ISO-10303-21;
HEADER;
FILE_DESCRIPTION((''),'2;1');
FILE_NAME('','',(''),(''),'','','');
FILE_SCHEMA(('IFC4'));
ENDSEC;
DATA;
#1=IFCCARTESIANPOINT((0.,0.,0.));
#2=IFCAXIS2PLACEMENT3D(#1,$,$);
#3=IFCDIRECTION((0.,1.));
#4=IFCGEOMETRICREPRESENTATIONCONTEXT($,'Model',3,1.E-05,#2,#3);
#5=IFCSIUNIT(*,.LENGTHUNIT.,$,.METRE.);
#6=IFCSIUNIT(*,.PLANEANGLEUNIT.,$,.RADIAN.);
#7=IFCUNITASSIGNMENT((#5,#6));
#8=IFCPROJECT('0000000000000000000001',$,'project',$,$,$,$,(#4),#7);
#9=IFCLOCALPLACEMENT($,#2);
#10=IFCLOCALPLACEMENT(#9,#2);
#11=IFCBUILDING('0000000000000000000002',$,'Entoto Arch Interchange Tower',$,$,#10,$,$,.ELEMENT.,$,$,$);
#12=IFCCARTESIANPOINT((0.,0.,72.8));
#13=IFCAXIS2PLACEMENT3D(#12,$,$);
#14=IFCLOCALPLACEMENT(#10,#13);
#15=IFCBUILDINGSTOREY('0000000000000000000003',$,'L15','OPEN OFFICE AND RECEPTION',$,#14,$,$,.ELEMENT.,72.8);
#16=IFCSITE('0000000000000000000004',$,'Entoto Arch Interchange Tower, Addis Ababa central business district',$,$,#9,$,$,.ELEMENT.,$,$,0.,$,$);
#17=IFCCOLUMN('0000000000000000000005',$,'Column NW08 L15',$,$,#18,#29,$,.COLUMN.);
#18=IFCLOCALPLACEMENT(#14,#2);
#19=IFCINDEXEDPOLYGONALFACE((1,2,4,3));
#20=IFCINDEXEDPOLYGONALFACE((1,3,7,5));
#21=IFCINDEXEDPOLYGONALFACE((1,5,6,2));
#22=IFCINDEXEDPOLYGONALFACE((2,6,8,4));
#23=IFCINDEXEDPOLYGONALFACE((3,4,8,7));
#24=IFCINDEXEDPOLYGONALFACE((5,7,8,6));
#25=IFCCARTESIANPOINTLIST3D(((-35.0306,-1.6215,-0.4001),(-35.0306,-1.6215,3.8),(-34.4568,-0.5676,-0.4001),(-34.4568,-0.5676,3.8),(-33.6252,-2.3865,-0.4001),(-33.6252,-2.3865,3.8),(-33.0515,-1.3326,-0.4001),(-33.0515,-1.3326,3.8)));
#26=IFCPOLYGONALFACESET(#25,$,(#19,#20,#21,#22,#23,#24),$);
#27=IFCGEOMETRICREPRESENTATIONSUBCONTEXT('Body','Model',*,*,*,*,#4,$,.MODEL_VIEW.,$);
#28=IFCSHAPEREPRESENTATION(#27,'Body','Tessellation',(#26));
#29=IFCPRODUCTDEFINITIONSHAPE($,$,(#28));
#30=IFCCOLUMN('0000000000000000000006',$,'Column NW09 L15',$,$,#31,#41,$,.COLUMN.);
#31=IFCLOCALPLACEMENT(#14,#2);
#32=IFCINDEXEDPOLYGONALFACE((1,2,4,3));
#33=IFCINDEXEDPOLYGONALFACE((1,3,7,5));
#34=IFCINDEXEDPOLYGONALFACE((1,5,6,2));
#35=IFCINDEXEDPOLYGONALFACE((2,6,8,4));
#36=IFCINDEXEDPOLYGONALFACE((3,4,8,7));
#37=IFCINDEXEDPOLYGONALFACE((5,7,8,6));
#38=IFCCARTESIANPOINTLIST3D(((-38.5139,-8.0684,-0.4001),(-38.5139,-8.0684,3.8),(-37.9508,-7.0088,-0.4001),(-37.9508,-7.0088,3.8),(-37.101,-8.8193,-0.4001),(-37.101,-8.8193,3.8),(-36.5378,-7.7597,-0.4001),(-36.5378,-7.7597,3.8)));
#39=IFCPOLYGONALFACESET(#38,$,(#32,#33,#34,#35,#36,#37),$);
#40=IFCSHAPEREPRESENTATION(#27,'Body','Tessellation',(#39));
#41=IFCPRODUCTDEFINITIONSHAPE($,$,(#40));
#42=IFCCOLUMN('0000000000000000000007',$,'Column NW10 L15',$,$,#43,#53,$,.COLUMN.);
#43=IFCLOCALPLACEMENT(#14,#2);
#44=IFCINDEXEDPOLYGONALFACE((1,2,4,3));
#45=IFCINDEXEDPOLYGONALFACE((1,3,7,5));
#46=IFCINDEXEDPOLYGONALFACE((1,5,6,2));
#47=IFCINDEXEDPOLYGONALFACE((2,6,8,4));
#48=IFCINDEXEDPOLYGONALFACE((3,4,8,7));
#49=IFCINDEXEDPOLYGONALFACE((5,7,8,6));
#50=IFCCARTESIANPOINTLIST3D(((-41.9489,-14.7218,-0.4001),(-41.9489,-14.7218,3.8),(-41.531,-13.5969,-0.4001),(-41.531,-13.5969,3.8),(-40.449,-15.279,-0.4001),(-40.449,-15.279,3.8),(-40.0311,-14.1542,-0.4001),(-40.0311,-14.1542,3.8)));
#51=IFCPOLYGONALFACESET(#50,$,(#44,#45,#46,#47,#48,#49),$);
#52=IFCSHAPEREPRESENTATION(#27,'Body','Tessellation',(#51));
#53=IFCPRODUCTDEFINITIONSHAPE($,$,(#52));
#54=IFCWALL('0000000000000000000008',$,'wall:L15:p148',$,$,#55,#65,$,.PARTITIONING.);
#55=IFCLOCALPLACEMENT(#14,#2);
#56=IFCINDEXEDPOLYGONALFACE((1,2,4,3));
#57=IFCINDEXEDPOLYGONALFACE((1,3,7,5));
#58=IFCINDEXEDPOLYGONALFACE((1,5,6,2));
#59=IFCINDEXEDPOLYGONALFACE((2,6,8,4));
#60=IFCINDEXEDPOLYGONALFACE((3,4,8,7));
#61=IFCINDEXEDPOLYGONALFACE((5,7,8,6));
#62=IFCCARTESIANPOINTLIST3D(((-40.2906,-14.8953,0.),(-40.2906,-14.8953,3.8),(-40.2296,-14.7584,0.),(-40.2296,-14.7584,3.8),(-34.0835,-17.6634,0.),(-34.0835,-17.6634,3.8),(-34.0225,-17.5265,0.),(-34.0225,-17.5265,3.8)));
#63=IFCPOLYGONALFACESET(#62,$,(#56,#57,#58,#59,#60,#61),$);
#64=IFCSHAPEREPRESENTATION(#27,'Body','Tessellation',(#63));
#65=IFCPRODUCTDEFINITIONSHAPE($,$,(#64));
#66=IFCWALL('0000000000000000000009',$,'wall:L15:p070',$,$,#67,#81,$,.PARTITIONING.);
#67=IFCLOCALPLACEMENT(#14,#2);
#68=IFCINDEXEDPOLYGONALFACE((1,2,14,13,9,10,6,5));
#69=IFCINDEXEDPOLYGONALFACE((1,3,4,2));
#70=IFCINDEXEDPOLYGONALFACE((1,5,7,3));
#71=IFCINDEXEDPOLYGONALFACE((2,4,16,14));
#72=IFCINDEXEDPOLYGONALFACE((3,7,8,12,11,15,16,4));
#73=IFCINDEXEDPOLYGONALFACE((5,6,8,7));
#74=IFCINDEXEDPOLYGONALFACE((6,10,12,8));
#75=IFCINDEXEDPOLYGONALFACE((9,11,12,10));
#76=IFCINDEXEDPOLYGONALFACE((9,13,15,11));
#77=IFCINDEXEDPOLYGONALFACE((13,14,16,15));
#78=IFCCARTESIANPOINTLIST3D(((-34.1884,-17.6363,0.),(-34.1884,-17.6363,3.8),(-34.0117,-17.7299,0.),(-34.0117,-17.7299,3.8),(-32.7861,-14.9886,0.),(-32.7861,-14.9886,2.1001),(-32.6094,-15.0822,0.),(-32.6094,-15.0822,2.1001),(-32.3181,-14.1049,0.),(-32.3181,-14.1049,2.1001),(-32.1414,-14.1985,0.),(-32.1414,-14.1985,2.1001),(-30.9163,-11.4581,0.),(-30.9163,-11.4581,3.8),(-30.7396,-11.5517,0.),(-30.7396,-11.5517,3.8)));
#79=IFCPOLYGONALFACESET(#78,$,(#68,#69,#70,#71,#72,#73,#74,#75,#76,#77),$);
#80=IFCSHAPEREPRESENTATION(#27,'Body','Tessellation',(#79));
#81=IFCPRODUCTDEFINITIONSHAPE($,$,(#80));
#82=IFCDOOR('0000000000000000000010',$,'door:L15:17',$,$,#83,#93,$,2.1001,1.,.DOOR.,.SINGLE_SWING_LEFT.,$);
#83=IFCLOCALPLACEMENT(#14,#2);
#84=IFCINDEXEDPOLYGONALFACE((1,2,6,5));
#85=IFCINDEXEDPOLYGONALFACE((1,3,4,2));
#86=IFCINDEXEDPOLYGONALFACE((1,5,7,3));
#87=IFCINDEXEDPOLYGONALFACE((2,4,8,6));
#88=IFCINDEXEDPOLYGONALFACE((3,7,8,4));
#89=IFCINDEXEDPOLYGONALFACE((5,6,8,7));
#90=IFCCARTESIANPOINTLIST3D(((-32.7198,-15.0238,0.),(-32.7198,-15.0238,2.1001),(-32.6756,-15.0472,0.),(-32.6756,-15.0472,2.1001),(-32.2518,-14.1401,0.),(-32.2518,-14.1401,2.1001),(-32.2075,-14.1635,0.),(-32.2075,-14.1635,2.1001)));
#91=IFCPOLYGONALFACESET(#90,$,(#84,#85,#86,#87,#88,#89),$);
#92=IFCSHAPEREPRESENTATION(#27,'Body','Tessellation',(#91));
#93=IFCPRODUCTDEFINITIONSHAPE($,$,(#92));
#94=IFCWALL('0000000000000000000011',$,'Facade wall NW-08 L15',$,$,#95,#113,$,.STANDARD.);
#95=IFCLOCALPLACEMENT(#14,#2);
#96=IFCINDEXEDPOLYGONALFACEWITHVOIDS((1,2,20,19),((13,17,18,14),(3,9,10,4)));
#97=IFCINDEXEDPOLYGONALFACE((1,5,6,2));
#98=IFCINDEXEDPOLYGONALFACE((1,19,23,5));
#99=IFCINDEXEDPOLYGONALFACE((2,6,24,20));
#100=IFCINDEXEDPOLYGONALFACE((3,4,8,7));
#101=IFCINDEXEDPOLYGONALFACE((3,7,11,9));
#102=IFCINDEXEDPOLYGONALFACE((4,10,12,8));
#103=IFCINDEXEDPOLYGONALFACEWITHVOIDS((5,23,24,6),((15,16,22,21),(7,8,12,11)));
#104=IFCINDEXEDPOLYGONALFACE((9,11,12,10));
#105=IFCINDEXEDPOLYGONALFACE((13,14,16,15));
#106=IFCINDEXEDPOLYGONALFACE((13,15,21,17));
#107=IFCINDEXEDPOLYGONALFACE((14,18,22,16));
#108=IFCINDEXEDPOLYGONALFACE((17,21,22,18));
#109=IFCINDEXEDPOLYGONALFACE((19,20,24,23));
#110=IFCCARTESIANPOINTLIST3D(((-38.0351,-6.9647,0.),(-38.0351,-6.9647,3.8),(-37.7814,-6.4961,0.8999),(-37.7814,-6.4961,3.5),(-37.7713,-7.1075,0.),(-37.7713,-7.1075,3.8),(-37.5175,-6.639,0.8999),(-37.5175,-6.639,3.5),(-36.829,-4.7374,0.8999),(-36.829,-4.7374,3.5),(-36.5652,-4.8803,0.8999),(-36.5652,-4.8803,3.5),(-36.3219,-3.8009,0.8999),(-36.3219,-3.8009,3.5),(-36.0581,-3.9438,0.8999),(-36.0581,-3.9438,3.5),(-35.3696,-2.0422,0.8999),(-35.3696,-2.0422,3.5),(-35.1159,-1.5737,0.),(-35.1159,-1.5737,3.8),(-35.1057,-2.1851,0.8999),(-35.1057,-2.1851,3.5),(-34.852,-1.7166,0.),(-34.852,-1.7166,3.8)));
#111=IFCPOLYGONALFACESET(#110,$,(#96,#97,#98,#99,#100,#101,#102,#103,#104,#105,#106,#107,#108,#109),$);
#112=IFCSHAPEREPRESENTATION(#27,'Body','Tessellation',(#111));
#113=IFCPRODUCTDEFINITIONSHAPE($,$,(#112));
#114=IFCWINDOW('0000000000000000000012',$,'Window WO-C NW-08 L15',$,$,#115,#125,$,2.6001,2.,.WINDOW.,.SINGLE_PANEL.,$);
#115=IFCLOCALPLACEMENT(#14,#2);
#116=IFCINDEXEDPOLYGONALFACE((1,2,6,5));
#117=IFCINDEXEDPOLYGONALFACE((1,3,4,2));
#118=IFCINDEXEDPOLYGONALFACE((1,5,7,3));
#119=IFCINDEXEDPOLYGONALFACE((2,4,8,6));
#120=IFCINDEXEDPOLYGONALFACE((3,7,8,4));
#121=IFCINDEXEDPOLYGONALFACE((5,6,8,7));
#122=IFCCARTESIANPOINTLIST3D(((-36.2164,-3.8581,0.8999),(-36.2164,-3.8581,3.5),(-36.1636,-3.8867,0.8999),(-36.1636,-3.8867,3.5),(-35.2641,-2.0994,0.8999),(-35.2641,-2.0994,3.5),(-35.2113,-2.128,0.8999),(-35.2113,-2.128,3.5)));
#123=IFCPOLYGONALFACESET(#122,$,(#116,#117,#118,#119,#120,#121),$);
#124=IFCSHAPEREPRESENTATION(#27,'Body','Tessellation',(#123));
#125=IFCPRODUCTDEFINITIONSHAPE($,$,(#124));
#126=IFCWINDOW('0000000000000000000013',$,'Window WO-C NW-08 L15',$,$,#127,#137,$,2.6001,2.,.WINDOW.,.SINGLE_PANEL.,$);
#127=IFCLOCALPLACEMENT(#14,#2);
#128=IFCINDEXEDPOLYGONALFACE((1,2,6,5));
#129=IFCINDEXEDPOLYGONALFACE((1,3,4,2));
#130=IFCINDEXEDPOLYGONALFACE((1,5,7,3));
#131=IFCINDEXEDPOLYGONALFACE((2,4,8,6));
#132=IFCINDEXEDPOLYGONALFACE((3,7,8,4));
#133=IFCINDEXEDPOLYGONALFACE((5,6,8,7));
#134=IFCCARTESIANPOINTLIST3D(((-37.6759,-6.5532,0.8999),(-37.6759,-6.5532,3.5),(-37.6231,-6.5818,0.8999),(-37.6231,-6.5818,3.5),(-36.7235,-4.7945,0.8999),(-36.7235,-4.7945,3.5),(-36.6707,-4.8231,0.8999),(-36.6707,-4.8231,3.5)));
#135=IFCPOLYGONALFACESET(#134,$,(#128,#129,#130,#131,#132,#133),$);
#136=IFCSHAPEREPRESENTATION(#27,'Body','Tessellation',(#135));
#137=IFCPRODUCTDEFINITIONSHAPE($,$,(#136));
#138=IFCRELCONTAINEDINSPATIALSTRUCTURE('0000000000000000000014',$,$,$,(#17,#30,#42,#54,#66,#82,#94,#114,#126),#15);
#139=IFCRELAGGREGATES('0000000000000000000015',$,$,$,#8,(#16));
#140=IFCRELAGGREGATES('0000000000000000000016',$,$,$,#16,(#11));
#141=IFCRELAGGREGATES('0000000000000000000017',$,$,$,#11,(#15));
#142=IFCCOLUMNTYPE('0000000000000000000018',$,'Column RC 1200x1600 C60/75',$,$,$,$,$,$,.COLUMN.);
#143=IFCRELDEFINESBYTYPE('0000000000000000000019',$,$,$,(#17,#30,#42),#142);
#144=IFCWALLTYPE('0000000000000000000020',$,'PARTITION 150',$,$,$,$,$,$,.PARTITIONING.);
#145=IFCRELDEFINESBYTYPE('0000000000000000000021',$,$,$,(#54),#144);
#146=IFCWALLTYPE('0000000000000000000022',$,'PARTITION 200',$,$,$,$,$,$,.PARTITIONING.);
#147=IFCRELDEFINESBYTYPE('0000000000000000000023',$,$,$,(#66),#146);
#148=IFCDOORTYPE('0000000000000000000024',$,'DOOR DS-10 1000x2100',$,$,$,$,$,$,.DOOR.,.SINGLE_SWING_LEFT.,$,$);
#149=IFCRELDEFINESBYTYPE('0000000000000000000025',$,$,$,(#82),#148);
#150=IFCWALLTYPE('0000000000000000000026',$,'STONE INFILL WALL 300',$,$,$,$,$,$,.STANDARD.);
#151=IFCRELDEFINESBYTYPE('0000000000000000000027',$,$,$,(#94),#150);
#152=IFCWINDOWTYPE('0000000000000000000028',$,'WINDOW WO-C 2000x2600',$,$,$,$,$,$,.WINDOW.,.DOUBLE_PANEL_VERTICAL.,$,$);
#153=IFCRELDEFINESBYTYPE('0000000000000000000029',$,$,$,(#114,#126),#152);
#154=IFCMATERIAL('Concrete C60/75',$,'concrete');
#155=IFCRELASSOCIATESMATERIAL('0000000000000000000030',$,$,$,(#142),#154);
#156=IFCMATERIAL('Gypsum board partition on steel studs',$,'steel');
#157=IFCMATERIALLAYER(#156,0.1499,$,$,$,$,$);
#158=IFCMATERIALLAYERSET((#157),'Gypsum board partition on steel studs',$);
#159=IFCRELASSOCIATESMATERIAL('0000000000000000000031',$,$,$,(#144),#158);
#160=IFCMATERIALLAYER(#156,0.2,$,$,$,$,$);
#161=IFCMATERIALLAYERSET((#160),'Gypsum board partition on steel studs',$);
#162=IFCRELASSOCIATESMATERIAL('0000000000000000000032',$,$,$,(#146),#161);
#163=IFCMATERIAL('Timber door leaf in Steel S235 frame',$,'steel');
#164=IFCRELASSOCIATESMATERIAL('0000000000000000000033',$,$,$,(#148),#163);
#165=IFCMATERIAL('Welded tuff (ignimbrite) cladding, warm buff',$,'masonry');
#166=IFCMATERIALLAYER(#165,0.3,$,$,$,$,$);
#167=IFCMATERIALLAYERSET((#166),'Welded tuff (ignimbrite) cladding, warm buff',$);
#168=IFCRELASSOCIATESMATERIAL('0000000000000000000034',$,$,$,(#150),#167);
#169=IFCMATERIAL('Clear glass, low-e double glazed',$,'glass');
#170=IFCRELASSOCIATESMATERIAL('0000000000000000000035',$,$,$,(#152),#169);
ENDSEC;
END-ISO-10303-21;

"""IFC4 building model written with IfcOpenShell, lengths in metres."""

from ifc_helpers import new_model, si_unit, direction, frame, frame_2d, origin, origin_2d, place, context, subcontext, project, spatial, rectangle, extrude, material, layer, layer_set, material_profile, profile_set, type_object, element, fill, save


model = new_model("IFC4")

# Units and contexts
model_context = context("Model", 3, precision=1e-05, world=origin(), true_north=direction((0.0, 1.0)))
body_context = subcontext(model_context, "Body", "Model", "MODEL_VIEW")
ifc_project = project(units=[si_unit("LENGTHUNIT", "METRE"), si_unit("PLANEANGLEUNIT", "RADIAN")], contexts=[model_context])

# Site, building, storey
site_placement = place(None, origin())
site = spatial("IfcSite", under=ifc_project, at=site_placement, Name="Entoto Arch Interchange Tower, Addis Ababa central business district", CompositionType="ELEMENT", RefElevation=0.0)
building_placement = place(site_placement, origin())
building = spatial("IfcBuilding", under=site, at=building_placement, Name="Entoto Arch Interchange Tower", CompositionType="ELEMENT")
storey_placement = place(building_placement, frame((0.0, 0.0, 72.8)))
storey = spatial("IfcBuildingStorey", under=building, at=storey_placement, Name="L15", Description="OPEN OFFICE AND RECEPTION", CompositionType="ELEMENT", Elevation=72.8)

# Columns
ifc_material_1 = material(Name="Concrete C60/75", Category="concrete")
ifc_material_profile = material_profile(ifc_material_1, rectangle(XDim=1.2, YDim=1.6001, at=origin_2d()))
ifc_profile_set = profile_set([ifc_material_profile], Name="Concrete C60/75")
column_type = type_object("IfcColumnType", Name="Column RC 1200x1600 C60/75", PredefinedType="COLUMN", material=ifc_profile_set)
for number, where, z_axis, x_axis, name in (
    (1, (-34.041, -1.4771, -0.4001), (0.0, 0.0, 1.0), (0.47814, 0.878284, 0.0), "Column NW08 L15"),
    (2, (-37.5259, -7.9141, -0.4001), (0.0, 0.0, 1.0), (0.469317, 0.88303, 0.0), "Column NW09 L15"),
    (3, (-40.99, -14.438, -0.4001), (0.0, 0.0, 1.0), (0.348278, 0.937391, 0.0), "Column NW10 L15"),
):
    element("IfcColumn", number, at=place(storey_placement, frame(where, z_axis=z_axis, x_axis=x_axis)), inside=storey, type_object=column_type, Name=name, PredefinedType="COLUMN", context=body_context, shape_type="SweptSolid", body=[
        extrude(rectangle(XDim=1.2, YDim=1.6001, at=origin_2d()), origin(), (0.0, 0.0, 1.0), 4.2002),
    ])

# Wall
ifc_material_2 = material(Name="Gypsum board partition on steel studs", Category="steel")
ifc_layer_1 = layer(ifc_material_2, 0.1499)
ifc_layer_set_1 = layer_set([ifc_layer_1], Name="Gypsum board partition on steel studs")
wall_type_1 = type_object("IfcWallType", Name="PARTITION 150", PredefinedType="PARTITIONING", material=ifc_layer_set_1)
wall_1_placement = place(storey_placement, frame((-34.053, -17.595, 0.0), z_axis=(0.0, 0.0, 1.0), x_axis=(-0.913298, 0.407291, 0.0)))
element("IfcWall", 4, at=wall_1_placement, inside=storey, type_object=wall_type_1, Name="wall:L15:p148", PredefinedType="PARTITIONING", context=body_context, shape_type="SweptSolid", body=[
    extrude(rectangle(XDim=6.7964, YDim=0.1499, at=frame_2d((3.3982, 0.0))), origin(), (0.0, 0.0, 1.0), 3.8),
])

# Wall, opening, door
ifc_layer_2 = layer(ifc_material_2, 0.2)
ifc_layer_set_2 = layer_set([ifc_layer_2], Name="Gypsum board partition on steel studs")
wall_type_2 = type_object("IfcWallType", Name="PARTITION 200", PredefinedType="PARTITIONING", material=ifc_layer_set_2)
wall_2_placement = place(storey_placement, frame((-34.1001, -17.6831, 0.0), z_axis=(0.0, 0.0, 1.0), x_axis=(0.468043, 0.883706, 0.0)))
wall_2 = element("IfcWall", 5, at=wall_2_placement, inside=storey, type_object=wall_type_2, Name="wall:L15:p070", PredefinedType="PARTITIONING", context=body_context, shape_type="SweptSolid", body=[
    extrude(rectangle(XDim=6.9912, YDim=0.2, at=frame_2d((3.4956, 0.0))), origin(), (0.0, 0.0, 1.0), 3.8),
])
opening_1_placement = place(wall_2_placement, frame((2.9961, 0.0, 0.0)))
opening_1 = element("IfcOpeningElement", 6, at=opening_1_placement, cuts=wall_2, PredefinedType="OPENING", context=body_context, shape_type="SweptSolid", body=[
    extrude(rectangle(XDim=1.0, YDim=2.1001, at=frame_2d((0.5, 1.05))), frame((0.0, 0.1099, 0.0), z_axis=(0.0, -1.0, 0.0), x_axis=(1.0, 0.0, 0.0)), (0.0, 0.0, 1.0), 0.22),
])
ifc_material_3 = material(Name="Timber door leaf in Steel S235 frame", Category="steel")
door_type = type_object("IfcDoorType", Name="DOOR DS-10 1000x2100", OperationType="SINGLE_SWING_LEFT", PredefinedType="DOOR", material=ifc_material_3)
door_placement = place(opening_1_placement, origin())
door = element("IfcDoor", 7, at=door_placement, inside=storey, type_object=door_type, Name="door:L15:17", OperationType="SINGLE_SWING_LEFT", OverallHeight=2.1001, OverallWidth=1.0, PredefinedType="DOOR", context=body_context, shape_type="SweptSolid", body=[
    extrude(rectangle(XDim=1.0, YDim=2.1001, at=frame_2d((0.5, 1.05))), frame((0.0, 0.0249, 0.0), z_axis=(0.0, -1.0, 0.0), x_axis=(1.0, 0.0, 0.0)), (0.0, 0.0, 1.0), 0.05),
])
fill(opening_1, door)

# Wall, openings, windows
ifc_material_4 = material(Name="Welded tuff (ignimbrite) cladding, warm buff", Category="masonry")
ifc_layer_3 = layer(ifc_material_4, 0.3)
ifc_layer_set_3 = layer_set([ifc_layer_3], Name="Welded tuff (ignimbrite) cladding, warm buff")
wall_type_3 = type_object("IfcWallType", Name="STONE INFILL WALL 300", PredefinedType="STANDARD", material=ifc_layer_set_3)
wall_3_placement = place(storey_placement, frame((-34.9839, -1.645, 0.0), z_axis=(0.0, 0.0, 1.0), x_axis=(-0.476174, -0.879351, 0.0)))
wall_3 = element("IfcWall", 8, at=wall_3_placement, inside=storey, type_object=wall_type_3, Name="Facade wall NW-08 L15", PredefinedType="STANDARD", context=body_context, shape_type="SweptSolid", body=[
    extrude(rectangle(XDim=6.1306, YDim=0.3, at=frame_2d((3.0654, 0.0))), origin(), (0.0, 0.0, 1.0), 3.8),
])
opening_2_placement = place(wall_3_placement, frame((0.533, 0.0, 0.8999)))
opening_2 = element("IfcOpeningElement", 9, at=opening_2_placement, cuts=wall_3, PredefinedType="OPENING", context=body_context, shape_type="SweptSolid", body=[
    extrude(rectangle(XDim=2.0, YDim=2.6001, at=frame_2d((1.0, 1.3))), frame((0.0, 0.1602, 0.0), z_axis=(0.0, -1.0, 0.0), x_axis=(1.0, 0.0, 0.0)), (0.0, 0.0, 1.0), 0.3201),
])
opening_3_placement = place(wall_3_placement, frame((3.5979, 0.0, 0.8999)))
opening_3 = element("IfcOpeningElement", 10, at=opening_3_placement, cuts=wall_3, PredefinedType="OPENING", context=body_context, shape_type="SweptSolid", body=[
    extrude(rectangle(XDim=2.0, YDim=2.6001, at=frame_2d((1.0, 1.3))), frame((0.0, 0.1602, 0.0), z_axis=(0.0, -1.0, 0.0), x_axis=(1.0, 0.0, 0.0)), (0.0, 0.0, 1.0), 0.3201),
])
ifc_material_5 = material(Name="Clear glass, low-e double glazed", Category="glass")
window_type_1 = type_object("IfcWindowType", Name="WINDOW WO-C 2000x2600", PartitioningType="DOUBLE_PANEL_VERTICAL", PredefinedType="WINDOW", material=ifc_material_5)
window_1_placement = place(opening_2_placement, origin())
window_1 = element("IfcWindow", 11, at=window_1_placement, inside=storey, type_object=window_type_1, Name="Window WO-C NW-08 L15", OverallHeight=2.6001, OverallWidth=2.0, PartitioningType="SINGLE_PANEL", PredefinedType="WINDOW", context=body_context, shape_type="SweptSolid", body=[
    extrude(rectangle(XDim=2.0, YDim=2.6001, at=frame_2d((1.0, 1.3))), frame((0.0, 0.03, 0.0), z_axis=(0.0, -1.0, 0.0), x_axis=(1.0, 0.0, 0.0)), (0.0, 0.0, 1.0), 0.0601),
])
fill(opening_2, window_1)
window_2_placement = place(opening_3_placement, origin())
window_2 = element("IfcWindow", 12, at=window_2_placement, inside=storey, type_object=window_type_1, Name="Window WO-C NW-08 L15", OverallHeight=2.6001, OverallWidth=2.0, PartitioningType="SINGLE_PANEL", PredefinedType="WINDOW", context=body_context, shape_type="SweptSolid", body=[
    extrude(rectangle(XDim=2.0, YDim=2.6001, at=frame_2d((1.0, 1.3))), frame((0.0, 0.03, 0.0), z_axis=(0.0, -1.0, 0.0), x_axis=(1.0, 0.0, 0.0)), (0.0, 0.0, 1.0), 0.0601),
])
fill(opening_3, window_2)

save(model, "model.ifc")
